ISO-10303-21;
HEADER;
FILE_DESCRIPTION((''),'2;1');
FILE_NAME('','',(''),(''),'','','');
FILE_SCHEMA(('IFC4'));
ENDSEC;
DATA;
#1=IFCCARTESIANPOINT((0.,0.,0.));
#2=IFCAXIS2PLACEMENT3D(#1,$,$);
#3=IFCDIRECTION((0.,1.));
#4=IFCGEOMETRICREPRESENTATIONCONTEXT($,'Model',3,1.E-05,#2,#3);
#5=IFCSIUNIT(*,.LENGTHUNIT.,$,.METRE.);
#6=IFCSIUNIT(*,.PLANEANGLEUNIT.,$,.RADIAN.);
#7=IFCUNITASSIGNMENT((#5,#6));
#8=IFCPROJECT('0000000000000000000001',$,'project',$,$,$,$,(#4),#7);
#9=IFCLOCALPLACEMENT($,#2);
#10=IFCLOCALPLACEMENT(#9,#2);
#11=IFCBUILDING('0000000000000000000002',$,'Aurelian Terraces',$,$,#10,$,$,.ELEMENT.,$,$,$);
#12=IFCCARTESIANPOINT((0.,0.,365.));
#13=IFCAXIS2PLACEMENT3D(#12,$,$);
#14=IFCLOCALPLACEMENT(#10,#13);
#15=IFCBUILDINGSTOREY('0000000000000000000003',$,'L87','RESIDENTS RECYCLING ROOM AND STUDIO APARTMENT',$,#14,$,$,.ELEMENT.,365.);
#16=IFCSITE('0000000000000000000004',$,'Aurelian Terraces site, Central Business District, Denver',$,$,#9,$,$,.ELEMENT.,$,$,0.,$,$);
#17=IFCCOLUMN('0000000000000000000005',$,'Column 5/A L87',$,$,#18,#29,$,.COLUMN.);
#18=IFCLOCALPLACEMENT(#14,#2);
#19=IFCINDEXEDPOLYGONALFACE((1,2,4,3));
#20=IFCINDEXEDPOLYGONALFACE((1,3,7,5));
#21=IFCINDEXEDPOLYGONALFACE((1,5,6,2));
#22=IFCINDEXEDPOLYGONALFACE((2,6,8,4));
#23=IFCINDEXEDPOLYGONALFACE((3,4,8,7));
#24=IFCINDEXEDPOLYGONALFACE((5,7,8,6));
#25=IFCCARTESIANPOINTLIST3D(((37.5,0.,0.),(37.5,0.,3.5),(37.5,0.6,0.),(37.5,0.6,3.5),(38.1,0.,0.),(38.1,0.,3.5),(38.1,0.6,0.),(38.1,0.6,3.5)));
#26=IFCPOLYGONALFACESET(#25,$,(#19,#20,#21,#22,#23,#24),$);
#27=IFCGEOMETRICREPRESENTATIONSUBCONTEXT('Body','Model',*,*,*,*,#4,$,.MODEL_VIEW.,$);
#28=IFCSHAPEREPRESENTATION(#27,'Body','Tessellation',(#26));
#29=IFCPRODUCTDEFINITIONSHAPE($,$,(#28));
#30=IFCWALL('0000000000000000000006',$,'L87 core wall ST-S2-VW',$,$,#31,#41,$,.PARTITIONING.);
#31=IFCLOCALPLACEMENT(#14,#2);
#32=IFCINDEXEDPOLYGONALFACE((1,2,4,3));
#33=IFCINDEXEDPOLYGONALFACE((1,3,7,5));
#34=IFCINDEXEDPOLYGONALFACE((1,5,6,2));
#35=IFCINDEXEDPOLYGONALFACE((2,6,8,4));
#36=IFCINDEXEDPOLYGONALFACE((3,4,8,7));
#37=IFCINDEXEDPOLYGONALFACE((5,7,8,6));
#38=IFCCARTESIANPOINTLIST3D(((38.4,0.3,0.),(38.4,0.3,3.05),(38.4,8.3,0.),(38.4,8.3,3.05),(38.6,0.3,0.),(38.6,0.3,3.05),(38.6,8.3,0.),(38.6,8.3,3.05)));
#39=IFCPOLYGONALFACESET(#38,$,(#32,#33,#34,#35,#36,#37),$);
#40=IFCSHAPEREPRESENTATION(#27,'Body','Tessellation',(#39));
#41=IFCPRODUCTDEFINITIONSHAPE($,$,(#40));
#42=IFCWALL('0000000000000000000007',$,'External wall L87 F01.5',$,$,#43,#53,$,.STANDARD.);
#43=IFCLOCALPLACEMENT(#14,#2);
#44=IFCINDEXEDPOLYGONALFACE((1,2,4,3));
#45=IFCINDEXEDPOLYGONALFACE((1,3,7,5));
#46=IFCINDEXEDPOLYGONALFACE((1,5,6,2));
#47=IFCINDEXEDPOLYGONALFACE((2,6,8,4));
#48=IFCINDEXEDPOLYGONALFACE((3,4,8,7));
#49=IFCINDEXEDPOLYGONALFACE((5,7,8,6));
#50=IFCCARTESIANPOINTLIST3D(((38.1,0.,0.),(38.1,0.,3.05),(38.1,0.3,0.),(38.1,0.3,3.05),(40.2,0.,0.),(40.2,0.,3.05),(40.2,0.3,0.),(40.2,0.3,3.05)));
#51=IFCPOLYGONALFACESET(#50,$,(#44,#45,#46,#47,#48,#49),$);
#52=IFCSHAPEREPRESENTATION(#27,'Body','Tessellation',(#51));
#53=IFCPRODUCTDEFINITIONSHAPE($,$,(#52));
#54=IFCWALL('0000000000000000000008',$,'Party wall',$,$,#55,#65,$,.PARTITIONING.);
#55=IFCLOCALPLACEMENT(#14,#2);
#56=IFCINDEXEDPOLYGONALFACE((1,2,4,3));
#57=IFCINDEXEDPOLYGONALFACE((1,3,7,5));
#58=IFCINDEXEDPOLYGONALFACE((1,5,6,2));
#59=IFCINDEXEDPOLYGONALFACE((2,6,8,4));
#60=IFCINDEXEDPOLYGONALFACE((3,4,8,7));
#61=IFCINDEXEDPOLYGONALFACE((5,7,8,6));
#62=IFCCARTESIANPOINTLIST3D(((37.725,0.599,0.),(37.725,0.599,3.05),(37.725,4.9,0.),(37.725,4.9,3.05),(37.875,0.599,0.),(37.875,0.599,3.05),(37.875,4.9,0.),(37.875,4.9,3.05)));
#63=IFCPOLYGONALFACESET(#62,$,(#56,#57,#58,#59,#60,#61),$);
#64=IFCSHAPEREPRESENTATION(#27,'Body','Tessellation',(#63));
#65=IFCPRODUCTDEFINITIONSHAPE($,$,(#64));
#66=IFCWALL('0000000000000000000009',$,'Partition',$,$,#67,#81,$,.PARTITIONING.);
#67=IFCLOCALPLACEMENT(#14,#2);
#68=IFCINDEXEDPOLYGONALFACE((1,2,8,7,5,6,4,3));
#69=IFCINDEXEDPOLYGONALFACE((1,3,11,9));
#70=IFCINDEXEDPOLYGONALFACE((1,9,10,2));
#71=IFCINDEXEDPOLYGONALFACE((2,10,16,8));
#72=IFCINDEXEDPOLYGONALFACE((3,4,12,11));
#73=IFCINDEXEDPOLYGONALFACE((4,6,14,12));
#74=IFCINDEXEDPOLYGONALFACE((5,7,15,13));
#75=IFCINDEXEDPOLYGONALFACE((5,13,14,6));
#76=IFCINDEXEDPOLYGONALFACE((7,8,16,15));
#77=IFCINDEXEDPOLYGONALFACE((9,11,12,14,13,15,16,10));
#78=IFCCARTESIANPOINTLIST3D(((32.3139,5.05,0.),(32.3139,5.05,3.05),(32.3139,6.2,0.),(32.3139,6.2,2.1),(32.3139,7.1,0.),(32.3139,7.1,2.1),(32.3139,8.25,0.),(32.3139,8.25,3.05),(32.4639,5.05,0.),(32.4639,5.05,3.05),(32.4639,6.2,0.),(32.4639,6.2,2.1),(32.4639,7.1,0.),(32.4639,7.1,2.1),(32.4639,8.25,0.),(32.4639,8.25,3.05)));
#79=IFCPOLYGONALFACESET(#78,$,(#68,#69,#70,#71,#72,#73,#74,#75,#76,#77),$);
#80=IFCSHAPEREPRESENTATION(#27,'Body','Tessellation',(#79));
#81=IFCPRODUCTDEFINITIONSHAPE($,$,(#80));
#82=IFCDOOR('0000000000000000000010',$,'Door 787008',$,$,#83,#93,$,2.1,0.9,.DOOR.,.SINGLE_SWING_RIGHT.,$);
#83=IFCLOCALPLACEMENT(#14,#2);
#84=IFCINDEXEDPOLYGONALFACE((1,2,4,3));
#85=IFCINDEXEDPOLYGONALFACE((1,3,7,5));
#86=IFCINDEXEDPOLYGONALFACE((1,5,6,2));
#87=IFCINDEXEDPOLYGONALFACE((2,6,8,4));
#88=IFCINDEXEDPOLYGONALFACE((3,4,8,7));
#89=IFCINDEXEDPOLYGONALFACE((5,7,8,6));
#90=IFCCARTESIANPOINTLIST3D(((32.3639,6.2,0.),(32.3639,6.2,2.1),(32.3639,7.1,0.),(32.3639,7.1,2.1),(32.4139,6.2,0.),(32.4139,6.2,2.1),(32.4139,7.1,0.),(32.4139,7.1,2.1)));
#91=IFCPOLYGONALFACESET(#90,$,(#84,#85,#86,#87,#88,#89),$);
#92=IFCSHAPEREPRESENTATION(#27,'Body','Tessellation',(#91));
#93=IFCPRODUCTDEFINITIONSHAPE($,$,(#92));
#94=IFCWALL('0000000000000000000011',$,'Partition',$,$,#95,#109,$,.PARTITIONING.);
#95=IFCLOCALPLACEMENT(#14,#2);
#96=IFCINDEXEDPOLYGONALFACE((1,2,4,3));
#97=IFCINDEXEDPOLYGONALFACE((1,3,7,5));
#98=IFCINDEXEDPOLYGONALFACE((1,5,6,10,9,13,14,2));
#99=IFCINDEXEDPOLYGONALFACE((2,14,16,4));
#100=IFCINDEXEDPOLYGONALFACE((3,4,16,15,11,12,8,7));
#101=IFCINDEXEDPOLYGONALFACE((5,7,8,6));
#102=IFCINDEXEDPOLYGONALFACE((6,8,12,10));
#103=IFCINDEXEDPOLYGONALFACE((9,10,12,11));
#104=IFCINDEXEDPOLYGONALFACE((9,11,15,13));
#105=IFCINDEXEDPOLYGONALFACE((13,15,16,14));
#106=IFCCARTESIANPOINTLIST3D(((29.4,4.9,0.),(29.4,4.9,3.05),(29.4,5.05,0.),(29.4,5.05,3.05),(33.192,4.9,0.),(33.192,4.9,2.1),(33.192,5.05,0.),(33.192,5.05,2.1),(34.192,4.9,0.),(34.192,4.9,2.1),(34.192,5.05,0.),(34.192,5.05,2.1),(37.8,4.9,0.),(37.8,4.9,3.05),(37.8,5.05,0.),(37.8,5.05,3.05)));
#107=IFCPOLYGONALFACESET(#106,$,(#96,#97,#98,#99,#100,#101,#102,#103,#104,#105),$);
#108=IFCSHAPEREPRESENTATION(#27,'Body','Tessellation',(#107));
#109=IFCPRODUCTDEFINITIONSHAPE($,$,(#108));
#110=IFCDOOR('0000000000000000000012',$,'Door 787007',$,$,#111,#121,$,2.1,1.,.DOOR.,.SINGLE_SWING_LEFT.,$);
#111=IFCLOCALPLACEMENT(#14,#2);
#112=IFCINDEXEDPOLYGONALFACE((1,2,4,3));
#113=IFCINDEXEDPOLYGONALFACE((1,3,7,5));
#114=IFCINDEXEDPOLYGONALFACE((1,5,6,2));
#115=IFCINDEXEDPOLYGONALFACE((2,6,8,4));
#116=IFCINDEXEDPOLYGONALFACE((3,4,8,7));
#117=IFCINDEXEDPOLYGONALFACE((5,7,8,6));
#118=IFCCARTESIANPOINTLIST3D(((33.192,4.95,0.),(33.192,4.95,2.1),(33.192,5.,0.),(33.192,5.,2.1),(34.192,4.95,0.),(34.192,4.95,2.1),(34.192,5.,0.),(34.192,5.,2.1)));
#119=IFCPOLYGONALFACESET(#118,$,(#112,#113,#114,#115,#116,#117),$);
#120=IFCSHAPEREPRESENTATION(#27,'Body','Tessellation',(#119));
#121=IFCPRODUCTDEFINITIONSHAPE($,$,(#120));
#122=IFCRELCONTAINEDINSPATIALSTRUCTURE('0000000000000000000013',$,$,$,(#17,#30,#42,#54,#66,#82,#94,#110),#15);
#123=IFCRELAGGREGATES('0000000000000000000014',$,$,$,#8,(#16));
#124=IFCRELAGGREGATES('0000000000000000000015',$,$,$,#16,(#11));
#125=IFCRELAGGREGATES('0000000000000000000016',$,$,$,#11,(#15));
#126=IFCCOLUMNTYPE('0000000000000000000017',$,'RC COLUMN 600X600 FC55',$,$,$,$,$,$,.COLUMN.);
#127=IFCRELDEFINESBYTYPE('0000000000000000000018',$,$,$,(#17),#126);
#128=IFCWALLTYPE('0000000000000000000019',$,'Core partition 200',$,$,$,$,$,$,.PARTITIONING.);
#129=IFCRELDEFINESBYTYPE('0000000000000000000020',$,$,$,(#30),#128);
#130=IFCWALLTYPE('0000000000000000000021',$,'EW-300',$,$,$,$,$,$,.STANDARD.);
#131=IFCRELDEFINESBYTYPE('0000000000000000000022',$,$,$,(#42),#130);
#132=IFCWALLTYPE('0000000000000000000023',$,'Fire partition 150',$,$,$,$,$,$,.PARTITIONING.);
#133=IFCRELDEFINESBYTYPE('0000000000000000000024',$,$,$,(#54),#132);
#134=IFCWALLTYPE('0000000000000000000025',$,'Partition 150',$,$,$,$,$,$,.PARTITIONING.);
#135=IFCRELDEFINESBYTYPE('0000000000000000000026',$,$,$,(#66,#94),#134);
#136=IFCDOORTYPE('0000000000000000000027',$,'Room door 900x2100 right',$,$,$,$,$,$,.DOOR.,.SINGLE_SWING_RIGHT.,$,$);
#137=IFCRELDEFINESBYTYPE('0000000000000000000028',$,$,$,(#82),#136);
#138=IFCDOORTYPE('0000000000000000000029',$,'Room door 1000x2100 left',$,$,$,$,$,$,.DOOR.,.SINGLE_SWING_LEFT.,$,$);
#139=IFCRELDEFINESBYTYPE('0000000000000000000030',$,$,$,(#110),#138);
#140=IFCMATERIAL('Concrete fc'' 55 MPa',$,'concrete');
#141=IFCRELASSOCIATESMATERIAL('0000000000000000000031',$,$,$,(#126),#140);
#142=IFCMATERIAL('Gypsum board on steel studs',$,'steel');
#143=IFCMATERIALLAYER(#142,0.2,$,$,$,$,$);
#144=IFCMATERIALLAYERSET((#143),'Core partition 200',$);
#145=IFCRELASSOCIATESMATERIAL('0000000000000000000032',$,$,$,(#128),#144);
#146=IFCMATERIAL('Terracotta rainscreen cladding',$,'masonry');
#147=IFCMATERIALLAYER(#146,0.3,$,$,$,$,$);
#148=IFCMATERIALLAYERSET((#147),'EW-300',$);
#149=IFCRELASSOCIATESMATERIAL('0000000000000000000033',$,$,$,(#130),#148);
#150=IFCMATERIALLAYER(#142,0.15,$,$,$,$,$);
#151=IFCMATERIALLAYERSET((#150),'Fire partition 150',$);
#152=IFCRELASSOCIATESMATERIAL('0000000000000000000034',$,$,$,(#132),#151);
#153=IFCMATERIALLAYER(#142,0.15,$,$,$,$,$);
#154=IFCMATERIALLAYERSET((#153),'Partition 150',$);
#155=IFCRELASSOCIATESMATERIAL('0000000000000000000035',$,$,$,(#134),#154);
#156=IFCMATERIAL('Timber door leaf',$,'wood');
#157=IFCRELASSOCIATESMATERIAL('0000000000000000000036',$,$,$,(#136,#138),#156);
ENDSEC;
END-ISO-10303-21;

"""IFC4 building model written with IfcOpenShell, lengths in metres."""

from ifc_helpers import new_model, si_unit, direction, frame, frame_2d, origin, origin_2d, place, context, subcontext, project, spatial, rectangle, extrude, source, transform, mapped, material, layer, layer_set, material_profile, profile_set, type_object, element, fill, save


model = new_model("IFC4")

# Units and contexts
model_context = context("Model", 3, precision=1e-05, world=origin(), true_north=direction((0.0, 1.0)))
body_context = subcontext(model_context, "Body", "Model", "MODEL_VIEW")
ifc_project = project(units=[si_unit("LENGTHUNIT", "METRE"), si_unit("PLANEANGLEUNIT", "RADIAN")], contexts=[model_context])

# Site, building, storey
site_placement = place(None, origin())
site = spatial("IfcSite", under=ifc_project, at=site_placement, Name="Aurelian Terraces site, Central Business District, Denver", CompositionType="ELEMENT", RefElevation=0.0)
building_placement = place(site_placement, origin())
building = spatial("IfcBuilding", under=site, at=building_placement, Name="Aurelian Terraces", CompositionType="ELEMENT")
storey_placement = place(building_placement, frame((0.0, 0.0, 365.0)))
storey = spatial("IfcBuildingStorey", under=building, at=storey_placement, Name="L87", Description="RESIDENTS RECYCLING ROOM AND STUDIO APARTMENT", CompositionType="ELEMENT", Elevation=365.0)

# Column
ifc_material_1 = material(Name="Concrete fc' 55 MPa", Category="concrete")
ifc_material_profile = material_profile(ifc_material_1, rectangle(XDim=0.6, YDim=0.6, at=origin_2d()))
ifc_profile_set = profile_set([ifc_material_profile], Name="Concrete fc' 55 MPa")
column_type = type_object("IfcColumnType", Name="RC COLUMN 600X600 FC55", PredefinedType="COLUMN", material=ifc_profile_set)
shared_shape_1 = source(origin(), body_context, "Body", "SweptSolid", [
    extrude(rectangle(XDim=0.6, YDim=0.6, at=origin_2d()), origin(), (0.0, 0.0, 1.0), 3.5),
])
column_placement = place(storey_placement, frame((37.8, 0.3, 0.0), z_axis=(0.0, 0.0, 1.0), x_axis=(1.0, 0.0, 0.0)))
element("IfcColumn", 1, at=column_placement, inside=storey, type_object=column_type, Name="Column 5/A L87", PredefinedType="COLUMN", context=body_context, shape_type="MappedRepresentation", body=[
    mapped(shared_shape_1, transform((0.0, 0.0, 0.0), scale=1.0)),
])

# Walls
ifc_material_2 = material(Name="Gypsum board on steel studs", Category="steel")
ifc_layer_1 = layer(ifc_material_2, 0.2)
ifc_layer_set_1 = layer_set([ifc_layer_1], Name="Core partition 200")
wall_type_1 = type_object("IfcWallType", Name="Core partition 200", PredefinedType="PARTITIONING", material=ifc_layer_set_1)
wall_1_placement = place(storey_placement, frame((38.5, 0.3, 0.0), z_axis=(0.0, 0.0, 1.0), x_axis=(0.0, 1.0, 0.0)))
element("IfcWall", 2, at=wall_1_placement, inside=storey, type_object=wall_type_1, Name="L87 core wall ST-S2-VW", PredefinedType="PARTITIONING", context=body_context, shape_type="SweptSolid", body=[
    extrude(rectangle(XDim=8.0, YDim=0.2, at=frame_2d((4.0, 0.0))), origin(), (0.0, 0.0, 1.0), 3.05),
])
ifc_material_3 = material(Name="Terracotta rainscreen cladding", Category="masonry")
ifc_layer_2 = layer(ifc_material_3, 0.3)
ifc_layer_set_2 = layer_set([ifc_layer_2], Name="EW-300")
wall_type_2 = type_object("IfcWallType", Name="EW-300", PredefinedType="STANDARD", material=ifc_layer_set_2)
wall_2_placement = place(storey_placement, frame((38.1, 0.15, 0.0), z_axis=(0.0, 0.0, 1.0), x_axis=(1.0, 0.0, 0.0)))
element("IfcWall", 3, at=wall_2_placement, inside=storey, type_object=wall_type_2, Name="External wall L87 F01.5", PredefinedType="STANDARD", context=body_context, shape_type="SweptSolid", body=[
    extrude(rectangle(XDim=2.1, YDim=0.3, at=frame_2d((1.05, 0.0))), origin(), (0.0, 0.0, 1.0), 3.05),
])
ifc_layer_3 = layer(ifc_material_2, 0.15)
ifc_layer_set_3 = layer_set([ifc_layer_3], Name="Fire partition 150")
wall_type_3 = type_object("IfcWallType", Name="Fire partition 150", PredefinedType="PARTITIONING", material=ifc_layer_set_3)
wall_3_placement = place(storey_placement, frame((37.8, 0.599, 0.0), z_axis=(0.0, 0.0, 1.0), x_axis=(0.0, 1.0, 0.0)))
element("IfcWall", 4, at=wall_3_placement, inside=storey, type_object=wall_type_3, Name="Party wall", PredefinedType="PARTITIONING", context=body_context, shape_type="SweptSolid", body=[
    extrude(rectangle(XDim=4.301, YDim=0.15, at=frame_2d((2.1505, 0.0))), origin(), (0.0, 0.0, 1.0), 3.05),
])

# Walls, openings, doors
ifc_layer_4 = layer(ifc_material_2, 0.15)
ifc_layer_set_4 = layer_set([ifc_layer_4], Name="Partition 150")
wall_type_4 = type_object("IfcWallType", Name="Partition 150", PredefinedType="PARTITIONING", material=ifc_layer_set_4)
wall_4_placement = place(storey_placement, frame((32.3889, 5.05, 0.0), z_axis=(0.0, 0.0, 1.0), x_axis=(0.0, 1.0, 0.0)))
wall_4 = element("IfcWall", 5, at=wall_4_placement, inside=storey, type_object=wall_type_4, Name="Partition", PredefinedType="PARTITIONING", context=body_context, shape_type="SweptSolid", body=[
    extrude(rectangle(XDim=3.2, YDim=0.15, at=frame_2d((1.6, 0.0))), origin(), (0.0, 0.0, 1.0), 3.05),
])
shared_shape_2 = source(origin(), body_context, "Body", "SweptSolid", [
    extrude(rectangle(XDim=0.9, YDim=2.1, at=frame_2d((0.45, 1.05))), frame((0.0, 0.085, 0.0), z_axis=(0.0, -1.0, 0.0), x_axis=(1.0, 0.0, 0.0)), (0.0, 0.0, 1.0), 0.17),
])
opening_1_placement = place(wall_4_placement, frame((1.15, 0.0, 0.0)))
opening_1 = element("IfcOpeningElement", 6, at=opening_1_placement, cuts=wall_4, PredefinedType="OPENING", context=body_context, shape_type="MappedRepresentation", body=[
    mapped(shared_shape_2, transform((0.0, 0.0, 0.0), scale=1.0)),
])
ifc_material_4 = material(Name="Timber door leaf", Category="wood")
door_type_1 = type_object("IfcDoorType", Name="Room door 900x2100 right", OperationType="SINGLE_SWING_RIGHT", PredefinedType="DOOR", material=ifc_material_4)
shared_shape_3 = source(origin(), body_context, "Body", "SweptSolid", [
    extrude(rectangle(XDim=0.9, YDim=2.1, at=frame_2d((0.45, 1.05))), frame((0.0, 0.025, 0.0), z_axis=(0.0, -1.0, 0.0), x_axis=(1.0, 0.0, 0.0)), (0.0, 0.0, 1.0), 0.05),
])
door_1_placement = place(opening_1_placement, origin())
door_1 = element("IfcDoor", 7, at=door_1_placement, inside=storey, type_object=door_type_1, Name="Door 787008", OperationType="SINGLE_SWING_RIGHT", OverallHeight=2.1, OverallWidth=0.9, PredefinedType="DOOR", context=body_context, shape_type="MappedRepresentation", body=[
    mapped(shared_shape_3, transform((0.0, 0.0, 0.0), scale=1.0)),
])
fill(opening_1, door_1)
wall_5_placement = place(storey_placement, frame((37.8, 4.975, 0.0), z_axis=(0.0, 0.0, 1.0), x_axis=(-1.0, 0.0, 0.0)))
wall_5 = element("IfcWall", 8, at=wall_5_placement, inside=storey, type_object=wall_type_4, Name="Partition", PredefinedType="PARTITIONING", context=body_context, shape_type="SweptSolid", body=[
    extrude(rectangle(XDim=8.4, YDim=0.15, at=frame_2d((4.2, 0.0))), origin(), (0.0, 0.0, 1.0), 3.05),
])
shared_shape_4 = source(origin(), body_context, "Body", "SweptSolid", [
    extrude(rectangle(XDim=1.0, YDim=2.1, at=frame_2d((0.5, 1.05))), frame((0.0, 0.085, 0.0), z_axis=(0.0, -1.0, 0.0), x_axis=(1.0, 0.0, 0.0)), (0.0, 0.0, 1.0), 0.17),
])
opening_2_placement = place(wall_5_placement, frame((3.608, 0.0, 0.0)))
opening_2 = element("IfcOpeningElement", 9, at=opening_2_placement, cuts=wall_5, PredefinedType="OPENING", context=body_context, shape_type="MappedRepresentation", body=[
    mapped(shared_shape_4, transform((0.0, 0.0, 0.0), scale=1.0)),
])
door_type_2 = type_object("IfcDoorType", Name="Room door 1000x2100 left", OperationType="SINGLE_SWING_LEFT", PredefinedType="DOOR", material=ifc_material_4)
shared_shape_5 = source(origin(), body_context, "Body", "SweptSolid", [
    extrude(rectangle(XDim=1.0, YDim=2.1, at=frame_2d((0.5, 1.05))), frame((0.0, 0.025, 0.0), z_axis=(0.0, -1.0, 0.0), x_axis=(1.0, 0.0, 0.0)), (0.0, 0.0, 1.0), 0.05),
])
door_2_placement = place(opening_2_placement, origin())
door_2 = element("IfcDoor", 10, at=door_2_placement, inside=storey, type_object=door_type_2, Name="Door 787007", OperationType="SINGLE_SWING_LEFT", OverallHeight=2.1, OverallWidth=1.0, PredefinedType="DOOR", context=body_context, shape_type="MappedRepresentation", body=[
    mapped(shared_shape_5, transform((0.0, 0.0, 0.0), scale=1.0)),
])
fill(opening_2, door_2)

save(model, "model.ifc")
